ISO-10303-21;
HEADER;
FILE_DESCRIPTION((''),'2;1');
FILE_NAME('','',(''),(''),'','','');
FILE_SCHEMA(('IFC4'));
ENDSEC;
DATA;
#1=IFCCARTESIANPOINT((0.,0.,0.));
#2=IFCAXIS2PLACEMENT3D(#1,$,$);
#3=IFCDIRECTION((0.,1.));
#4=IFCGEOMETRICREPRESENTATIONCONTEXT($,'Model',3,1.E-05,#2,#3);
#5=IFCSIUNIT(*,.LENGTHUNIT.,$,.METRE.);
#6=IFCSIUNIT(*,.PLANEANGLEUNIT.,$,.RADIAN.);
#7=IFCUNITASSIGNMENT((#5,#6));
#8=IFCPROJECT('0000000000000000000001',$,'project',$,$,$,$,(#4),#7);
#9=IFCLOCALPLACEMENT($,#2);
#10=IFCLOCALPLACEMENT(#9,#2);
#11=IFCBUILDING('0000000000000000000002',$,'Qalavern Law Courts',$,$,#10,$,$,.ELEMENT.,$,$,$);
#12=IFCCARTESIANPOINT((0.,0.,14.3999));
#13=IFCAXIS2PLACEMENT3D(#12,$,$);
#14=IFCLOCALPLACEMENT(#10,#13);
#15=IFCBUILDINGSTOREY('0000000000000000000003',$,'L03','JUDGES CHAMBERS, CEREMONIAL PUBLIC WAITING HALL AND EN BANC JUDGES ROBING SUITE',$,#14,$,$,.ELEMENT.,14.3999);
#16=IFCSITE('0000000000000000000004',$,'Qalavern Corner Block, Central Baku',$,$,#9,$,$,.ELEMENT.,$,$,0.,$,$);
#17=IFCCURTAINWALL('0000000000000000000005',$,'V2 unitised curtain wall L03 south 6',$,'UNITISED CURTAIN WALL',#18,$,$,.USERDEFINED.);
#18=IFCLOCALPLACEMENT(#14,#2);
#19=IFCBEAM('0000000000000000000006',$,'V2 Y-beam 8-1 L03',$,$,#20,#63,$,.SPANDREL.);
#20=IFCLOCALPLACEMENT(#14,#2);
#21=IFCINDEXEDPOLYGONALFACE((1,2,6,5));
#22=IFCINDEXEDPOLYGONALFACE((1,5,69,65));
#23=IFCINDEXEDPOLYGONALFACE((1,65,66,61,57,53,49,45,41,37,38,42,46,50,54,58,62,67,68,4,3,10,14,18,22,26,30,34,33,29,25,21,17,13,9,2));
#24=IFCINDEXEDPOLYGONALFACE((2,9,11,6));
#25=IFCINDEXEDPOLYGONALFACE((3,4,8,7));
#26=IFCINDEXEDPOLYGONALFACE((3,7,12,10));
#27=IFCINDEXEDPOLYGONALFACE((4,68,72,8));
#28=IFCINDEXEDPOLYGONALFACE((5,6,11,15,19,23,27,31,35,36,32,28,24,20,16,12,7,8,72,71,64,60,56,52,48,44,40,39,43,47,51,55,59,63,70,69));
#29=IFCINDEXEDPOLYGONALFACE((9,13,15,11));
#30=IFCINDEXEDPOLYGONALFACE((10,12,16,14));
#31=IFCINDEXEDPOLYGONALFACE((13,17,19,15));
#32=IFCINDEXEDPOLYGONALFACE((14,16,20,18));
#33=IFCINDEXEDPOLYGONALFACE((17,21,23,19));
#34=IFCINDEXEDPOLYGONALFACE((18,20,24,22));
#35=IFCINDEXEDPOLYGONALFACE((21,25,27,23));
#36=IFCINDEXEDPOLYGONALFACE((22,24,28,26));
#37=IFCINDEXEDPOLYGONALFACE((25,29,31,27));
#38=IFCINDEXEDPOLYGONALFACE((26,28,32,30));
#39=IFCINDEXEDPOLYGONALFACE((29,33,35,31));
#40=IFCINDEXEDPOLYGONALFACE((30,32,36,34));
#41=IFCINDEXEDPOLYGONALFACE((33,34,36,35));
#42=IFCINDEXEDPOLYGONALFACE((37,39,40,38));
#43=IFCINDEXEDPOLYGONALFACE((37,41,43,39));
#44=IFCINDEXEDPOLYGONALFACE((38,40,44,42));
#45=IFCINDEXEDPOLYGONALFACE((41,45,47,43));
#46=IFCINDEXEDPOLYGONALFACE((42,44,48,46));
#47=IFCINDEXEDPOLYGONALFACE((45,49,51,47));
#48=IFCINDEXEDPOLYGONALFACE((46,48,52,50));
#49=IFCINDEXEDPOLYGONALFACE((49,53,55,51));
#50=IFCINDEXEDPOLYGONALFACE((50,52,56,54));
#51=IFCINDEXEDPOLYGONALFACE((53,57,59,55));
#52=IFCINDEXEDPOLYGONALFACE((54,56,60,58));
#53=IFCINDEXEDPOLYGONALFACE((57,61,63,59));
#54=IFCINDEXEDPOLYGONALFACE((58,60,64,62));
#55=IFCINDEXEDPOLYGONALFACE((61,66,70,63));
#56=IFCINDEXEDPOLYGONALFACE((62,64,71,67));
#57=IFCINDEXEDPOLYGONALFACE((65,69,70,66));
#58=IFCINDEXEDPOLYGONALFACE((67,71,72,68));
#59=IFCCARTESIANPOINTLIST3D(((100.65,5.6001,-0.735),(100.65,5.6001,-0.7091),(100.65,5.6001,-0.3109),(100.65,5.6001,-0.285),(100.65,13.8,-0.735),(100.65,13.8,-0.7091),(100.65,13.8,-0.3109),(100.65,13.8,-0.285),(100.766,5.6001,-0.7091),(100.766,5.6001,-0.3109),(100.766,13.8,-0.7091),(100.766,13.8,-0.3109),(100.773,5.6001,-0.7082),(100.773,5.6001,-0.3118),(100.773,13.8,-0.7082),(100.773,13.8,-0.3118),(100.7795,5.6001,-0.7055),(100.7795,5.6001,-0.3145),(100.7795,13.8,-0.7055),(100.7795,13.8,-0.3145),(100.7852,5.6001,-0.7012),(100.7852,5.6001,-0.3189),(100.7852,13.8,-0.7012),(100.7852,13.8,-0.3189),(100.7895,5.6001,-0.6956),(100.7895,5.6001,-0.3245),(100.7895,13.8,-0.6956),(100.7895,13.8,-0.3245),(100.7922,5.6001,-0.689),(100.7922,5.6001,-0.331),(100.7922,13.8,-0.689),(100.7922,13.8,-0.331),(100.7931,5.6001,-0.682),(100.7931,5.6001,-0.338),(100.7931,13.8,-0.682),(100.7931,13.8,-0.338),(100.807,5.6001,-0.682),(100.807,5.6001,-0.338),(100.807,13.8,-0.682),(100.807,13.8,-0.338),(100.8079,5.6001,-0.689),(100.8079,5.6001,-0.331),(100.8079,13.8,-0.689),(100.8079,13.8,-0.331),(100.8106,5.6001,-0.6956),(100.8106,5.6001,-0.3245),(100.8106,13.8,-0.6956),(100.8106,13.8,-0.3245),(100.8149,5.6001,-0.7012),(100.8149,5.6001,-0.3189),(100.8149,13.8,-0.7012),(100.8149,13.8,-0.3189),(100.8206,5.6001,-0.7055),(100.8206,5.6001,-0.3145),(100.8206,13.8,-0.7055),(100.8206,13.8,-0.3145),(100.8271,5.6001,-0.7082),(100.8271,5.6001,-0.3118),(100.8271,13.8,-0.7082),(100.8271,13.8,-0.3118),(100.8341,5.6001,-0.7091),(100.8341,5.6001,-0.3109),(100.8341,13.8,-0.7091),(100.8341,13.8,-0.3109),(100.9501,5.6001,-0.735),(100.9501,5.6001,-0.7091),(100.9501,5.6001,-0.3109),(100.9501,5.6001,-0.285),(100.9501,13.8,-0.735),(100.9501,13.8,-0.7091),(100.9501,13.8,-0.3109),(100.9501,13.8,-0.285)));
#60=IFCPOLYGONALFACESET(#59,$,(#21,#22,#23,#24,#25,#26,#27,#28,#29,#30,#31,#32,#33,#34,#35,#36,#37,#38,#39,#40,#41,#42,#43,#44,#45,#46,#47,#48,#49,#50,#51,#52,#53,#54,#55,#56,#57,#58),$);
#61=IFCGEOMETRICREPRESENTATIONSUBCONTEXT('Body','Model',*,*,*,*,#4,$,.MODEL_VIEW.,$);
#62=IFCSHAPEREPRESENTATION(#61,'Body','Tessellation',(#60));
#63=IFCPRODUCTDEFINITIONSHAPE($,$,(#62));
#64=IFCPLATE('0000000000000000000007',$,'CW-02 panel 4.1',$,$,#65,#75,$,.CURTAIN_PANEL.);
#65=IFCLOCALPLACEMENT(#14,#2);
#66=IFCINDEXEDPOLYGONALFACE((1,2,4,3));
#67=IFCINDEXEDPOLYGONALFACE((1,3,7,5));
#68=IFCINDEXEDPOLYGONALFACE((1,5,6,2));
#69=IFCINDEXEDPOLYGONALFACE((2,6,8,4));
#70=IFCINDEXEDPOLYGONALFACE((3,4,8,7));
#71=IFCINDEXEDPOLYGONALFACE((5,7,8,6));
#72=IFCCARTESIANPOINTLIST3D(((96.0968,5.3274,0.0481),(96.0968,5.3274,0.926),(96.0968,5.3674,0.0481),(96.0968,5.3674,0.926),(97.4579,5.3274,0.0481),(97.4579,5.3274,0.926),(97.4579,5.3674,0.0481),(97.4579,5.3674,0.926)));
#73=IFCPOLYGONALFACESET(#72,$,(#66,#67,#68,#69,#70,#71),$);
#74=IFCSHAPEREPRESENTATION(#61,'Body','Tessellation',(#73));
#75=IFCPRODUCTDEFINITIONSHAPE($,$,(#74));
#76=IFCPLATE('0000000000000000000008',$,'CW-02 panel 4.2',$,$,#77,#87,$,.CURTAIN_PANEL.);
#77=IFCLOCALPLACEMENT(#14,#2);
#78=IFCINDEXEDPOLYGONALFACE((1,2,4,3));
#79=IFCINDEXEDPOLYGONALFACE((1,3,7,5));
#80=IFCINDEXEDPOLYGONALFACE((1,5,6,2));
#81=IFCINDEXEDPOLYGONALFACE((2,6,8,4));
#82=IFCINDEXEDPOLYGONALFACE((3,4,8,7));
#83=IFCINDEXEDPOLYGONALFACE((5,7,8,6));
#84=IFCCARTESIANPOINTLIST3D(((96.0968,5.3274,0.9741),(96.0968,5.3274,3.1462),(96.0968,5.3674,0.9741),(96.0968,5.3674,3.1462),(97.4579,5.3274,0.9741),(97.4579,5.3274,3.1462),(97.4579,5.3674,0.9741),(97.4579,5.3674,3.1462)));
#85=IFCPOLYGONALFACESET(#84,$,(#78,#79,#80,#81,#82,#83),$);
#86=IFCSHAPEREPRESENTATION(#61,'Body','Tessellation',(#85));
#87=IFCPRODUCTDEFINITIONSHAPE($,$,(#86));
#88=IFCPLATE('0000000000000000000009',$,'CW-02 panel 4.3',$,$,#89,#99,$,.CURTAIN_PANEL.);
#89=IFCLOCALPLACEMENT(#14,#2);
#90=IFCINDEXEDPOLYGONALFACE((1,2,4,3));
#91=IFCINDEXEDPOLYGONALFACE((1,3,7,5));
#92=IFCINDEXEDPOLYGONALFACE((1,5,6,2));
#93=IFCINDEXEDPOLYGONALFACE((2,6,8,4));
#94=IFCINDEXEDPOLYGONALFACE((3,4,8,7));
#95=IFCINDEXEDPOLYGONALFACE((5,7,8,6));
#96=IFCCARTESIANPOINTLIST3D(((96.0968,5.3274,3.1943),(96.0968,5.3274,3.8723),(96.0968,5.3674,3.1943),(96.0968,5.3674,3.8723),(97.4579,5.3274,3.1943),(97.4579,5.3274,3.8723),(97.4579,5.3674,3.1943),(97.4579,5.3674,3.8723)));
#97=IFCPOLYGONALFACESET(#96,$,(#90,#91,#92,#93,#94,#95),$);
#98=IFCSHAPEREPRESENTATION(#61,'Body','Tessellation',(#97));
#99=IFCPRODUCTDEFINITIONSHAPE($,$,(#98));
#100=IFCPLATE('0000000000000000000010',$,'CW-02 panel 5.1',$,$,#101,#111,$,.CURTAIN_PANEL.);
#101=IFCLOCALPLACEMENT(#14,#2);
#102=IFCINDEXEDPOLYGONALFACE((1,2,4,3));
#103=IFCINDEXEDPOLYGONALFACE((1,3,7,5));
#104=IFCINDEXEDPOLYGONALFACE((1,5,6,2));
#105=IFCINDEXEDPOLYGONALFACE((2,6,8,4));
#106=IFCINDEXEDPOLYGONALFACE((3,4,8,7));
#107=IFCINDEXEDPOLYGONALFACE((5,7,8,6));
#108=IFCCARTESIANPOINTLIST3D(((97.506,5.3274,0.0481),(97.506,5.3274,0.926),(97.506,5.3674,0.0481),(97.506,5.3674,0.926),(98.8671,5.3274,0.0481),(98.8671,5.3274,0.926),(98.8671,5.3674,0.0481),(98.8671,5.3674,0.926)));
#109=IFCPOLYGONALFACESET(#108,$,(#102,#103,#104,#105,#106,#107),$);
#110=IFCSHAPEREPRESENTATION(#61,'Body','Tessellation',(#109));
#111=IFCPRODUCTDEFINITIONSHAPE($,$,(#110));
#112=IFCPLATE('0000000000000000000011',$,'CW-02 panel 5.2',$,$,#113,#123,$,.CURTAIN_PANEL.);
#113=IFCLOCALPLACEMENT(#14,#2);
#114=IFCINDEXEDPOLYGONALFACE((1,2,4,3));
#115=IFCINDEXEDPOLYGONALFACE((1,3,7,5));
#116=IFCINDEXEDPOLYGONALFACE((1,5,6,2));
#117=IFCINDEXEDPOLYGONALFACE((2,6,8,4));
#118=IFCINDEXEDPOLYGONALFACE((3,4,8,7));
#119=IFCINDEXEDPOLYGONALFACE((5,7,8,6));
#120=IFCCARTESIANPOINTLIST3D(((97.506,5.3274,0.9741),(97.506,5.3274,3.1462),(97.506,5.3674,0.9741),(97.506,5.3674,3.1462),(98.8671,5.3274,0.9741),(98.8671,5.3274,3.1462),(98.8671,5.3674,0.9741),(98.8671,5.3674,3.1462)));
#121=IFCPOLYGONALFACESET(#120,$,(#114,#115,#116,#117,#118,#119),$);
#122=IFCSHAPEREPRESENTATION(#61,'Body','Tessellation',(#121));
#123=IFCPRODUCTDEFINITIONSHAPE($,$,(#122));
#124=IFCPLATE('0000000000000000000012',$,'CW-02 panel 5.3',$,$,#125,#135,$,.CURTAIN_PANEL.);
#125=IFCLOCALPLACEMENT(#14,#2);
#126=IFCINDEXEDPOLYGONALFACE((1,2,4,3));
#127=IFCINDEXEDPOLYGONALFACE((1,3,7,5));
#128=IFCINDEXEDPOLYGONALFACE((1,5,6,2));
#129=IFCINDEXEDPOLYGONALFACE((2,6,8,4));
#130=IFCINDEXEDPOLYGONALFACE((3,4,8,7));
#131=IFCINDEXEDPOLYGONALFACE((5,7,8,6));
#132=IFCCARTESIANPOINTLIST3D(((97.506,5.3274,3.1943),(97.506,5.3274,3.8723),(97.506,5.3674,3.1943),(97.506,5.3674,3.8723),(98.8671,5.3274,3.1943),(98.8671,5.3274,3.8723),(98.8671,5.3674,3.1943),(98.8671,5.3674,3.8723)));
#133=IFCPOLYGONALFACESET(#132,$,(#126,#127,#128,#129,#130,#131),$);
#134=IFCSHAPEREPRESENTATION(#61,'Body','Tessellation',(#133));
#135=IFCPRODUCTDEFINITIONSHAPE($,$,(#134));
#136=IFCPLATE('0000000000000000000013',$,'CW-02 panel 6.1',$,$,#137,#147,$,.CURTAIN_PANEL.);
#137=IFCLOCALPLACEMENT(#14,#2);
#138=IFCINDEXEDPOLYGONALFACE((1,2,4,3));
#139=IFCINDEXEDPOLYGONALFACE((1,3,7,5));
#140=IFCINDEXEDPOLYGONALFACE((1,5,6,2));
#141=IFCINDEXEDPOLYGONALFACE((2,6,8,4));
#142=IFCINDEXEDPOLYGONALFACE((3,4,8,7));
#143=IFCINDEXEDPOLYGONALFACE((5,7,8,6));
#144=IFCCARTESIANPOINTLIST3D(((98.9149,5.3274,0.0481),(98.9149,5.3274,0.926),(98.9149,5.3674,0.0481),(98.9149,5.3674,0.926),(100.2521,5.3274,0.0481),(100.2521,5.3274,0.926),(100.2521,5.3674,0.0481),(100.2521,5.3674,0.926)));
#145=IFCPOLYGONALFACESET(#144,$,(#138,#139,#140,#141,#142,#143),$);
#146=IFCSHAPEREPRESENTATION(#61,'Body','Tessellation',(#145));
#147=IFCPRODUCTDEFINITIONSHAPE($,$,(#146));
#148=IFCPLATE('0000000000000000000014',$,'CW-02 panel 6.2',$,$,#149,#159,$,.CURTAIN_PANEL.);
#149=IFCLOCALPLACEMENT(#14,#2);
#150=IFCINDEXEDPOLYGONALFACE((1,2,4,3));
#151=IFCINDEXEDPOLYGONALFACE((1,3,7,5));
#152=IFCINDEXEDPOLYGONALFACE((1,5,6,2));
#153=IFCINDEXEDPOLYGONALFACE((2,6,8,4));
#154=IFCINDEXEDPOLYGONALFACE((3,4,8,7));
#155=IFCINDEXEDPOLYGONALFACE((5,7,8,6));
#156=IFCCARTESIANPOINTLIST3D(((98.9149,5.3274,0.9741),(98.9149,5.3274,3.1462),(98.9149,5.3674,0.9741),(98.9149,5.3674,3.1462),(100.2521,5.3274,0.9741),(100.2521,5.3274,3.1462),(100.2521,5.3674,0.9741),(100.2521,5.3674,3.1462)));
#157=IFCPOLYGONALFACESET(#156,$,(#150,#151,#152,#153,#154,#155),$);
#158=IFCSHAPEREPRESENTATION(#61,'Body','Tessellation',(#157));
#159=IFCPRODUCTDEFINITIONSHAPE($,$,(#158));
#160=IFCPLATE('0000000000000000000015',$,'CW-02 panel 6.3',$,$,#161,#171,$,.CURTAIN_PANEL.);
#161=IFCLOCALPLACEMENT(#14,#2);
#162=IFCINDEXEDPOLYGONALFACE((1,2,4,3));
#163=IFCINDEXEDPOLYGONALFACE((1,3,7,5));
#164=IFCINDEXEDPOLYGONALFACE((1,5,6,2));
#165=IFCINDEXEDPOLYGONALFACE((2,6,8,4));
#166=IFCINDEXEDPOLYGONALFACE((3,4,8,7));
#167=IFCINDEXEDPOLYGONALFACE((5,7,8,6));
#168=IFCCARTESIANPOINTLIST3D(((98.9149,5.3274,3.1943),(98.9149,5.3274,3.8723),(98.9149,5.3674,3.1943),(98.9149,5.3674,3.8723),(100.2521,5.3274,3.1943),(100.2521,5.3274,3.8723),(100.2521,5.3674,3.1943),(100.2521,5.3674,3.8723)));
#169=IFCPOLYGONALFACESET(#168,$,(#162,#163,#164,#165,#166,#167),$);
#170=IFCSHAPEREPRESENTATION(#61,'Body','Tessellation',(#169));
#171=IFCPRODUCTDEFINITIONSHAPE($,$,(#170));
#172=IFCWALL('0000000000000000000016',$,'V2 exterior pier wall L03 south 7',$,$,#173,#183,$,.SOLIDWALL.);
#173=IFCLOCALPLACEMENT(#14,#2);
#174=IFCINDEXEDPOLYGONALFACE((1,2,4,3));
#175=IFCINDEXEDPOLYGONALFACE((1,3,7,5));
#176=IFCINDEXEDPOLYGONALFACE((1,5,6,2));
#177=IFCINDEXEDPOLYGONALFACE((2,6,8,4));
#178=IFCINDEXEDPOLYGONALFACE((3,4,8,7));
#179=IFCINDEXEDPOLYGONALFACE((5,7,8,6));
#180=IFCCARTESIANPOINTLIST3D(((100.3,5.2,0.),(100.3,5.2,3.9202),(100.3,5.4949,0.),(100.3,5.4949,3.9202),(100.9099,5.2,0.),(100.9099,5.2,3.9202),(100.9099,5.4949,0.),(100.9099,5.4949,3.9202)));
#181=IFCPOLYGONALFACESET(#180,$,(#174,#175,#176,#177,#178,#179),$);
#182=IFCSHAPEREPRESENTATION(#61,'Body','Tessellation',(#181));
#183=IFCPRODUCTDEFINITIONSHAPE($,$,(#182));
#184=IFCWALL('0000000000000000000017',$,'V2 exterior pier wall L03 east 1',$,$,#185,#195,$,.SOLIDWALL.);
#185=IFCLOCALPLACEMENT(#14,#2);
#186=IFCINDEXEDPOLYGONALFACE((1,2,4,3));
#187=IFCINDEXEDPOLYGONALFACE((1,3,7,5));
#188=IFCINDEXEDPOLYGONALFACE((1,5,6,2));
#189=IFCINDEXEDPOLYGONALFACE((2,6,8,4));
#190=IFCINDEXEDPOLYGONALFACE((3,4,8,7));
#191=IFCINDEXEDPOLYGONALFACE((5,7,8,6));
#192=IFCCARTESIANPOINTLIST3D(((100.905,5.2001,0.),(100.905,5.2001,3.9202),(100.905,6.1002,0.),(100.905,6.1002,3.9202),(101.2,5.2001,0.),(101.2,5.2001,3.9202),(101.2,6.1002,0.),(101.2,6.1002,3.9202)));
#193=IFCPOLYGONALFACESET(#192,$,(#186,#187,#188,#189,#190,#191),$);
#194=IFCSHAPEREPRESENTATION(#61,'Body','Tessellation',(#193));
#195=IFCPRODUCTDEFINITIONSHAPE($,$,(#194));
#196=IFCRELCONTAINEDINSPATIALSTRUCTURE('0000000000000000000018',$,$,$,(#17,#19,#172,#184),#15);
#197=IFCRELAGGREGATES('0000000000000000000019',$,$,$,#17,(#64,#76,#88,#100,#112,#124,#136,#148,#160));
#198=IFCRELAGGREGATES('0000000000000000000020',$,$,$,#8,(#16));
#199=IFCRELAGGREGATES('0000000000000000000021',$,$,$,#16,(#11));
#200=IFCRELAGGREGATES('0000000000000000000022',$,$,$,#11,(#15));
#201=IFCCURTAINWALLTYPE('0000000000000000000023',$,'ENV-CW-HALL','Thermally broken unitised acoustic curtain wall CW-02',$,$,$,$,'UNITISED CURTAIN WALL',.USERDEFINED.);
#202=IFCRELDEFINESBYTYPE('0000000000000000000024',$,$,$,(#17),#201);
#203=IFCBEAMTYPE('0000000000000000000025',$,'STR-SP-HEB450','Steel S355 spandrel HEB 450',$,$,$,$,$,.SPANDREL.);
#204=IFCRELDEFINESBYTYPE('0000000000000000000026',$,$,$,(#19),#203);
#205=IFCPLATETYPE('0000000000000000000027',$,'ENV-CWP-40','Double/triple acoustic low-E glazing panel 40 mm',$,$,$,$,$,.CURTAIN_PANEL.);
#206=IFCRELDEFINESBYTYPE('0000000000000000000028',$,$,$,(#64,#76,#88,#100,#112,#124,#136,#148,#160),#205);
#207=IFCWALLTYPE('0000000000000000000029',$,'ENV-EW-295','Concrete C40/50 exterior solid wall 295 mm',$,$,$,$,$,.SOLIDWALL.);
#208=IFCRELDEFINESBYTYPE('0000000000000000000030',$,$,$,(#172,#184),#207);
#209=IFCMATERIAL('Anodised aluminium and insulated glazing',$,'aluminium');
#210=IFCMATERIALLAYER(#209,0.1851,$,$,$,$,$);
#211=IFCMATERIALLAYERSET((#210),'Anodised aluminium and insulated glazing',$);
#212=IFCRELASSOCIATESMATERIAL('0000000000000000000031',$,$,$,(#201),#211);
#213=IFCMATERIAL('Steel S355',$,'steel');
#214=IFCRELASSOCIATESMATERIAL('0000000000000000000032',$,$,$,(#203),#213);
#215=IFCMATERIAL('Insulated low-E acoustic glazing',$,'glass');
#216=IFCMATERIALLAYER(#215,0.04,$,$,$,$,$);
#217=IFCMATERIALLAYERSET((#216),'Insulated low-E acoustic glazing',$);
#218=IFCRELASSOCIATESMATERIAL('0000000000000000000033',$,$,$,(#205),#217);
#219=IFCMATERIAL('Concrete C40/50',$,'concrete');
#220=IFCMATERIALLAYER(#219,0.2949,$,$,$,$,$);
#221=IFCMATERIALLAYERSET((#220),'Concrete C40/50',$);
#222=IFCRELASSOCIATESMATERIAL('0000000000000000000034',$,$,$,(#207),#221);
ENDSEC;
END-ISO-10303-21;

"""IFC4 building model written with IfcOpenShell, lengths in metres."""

from ifc_helpers import new_model, si_unit, direction, frame, frame_2d, origin, origin_2d, place, context, subcontext, project, spatial, rectangle, i_section, extrude, material, layer, layer_set, material_profile, profile_set, type_object, element, aggregate, save


model = new_model("IFC4")

# Units and contexts
model_context = context("Model", 3, precision=1e-05, world=origin(), true_north=direction((0.0, 1.0)))
body_context = subcontext(model_context, "Body", "Model", "MODEL_VIEW")
ifc_project = project(units=[si_unit("LENGTHUNIT", "METRE"), si_unit("PLANEANGLEUNIT", "RADIAN")], contexts=[model_context])

# Site, building, storey
site_placement = place(None, origin())
site = spatial("IfcSite", under=ifc_project, at=site_placement, Name="Qalavern Corner Block, Central Baku", CompositionType="ELEMENT", RefElevation=0.0)
building_placement = place(site_placement, origin())
building = spatial("IfcBuilding", under=site, at=building_placement, Name="Qalavern Law Courts", CompositionType="ELEMENT")
storey_placement = place(building_placement, frame((0.0, 0.0, 14.3999)))
storey = spatial("IfcBuildingStorey", under=building, at=storey_placement, Name="L03", Description="JUDGES CHAMBERS, CEREMONIAL PUBLIC WAITING HALL AND EN BANC JUDGES ROBING SUITE", CompositionType="ELEMENT", Elevation=14.3999)

# Curtain wall
ifc_material_1 = material(Name="Anodised aluminium and insulated glazing", Category="aluminium")
ifc_layer_1 = layer(ifc_material_1, 0.1851)
ifc_layer_set_1 = layer_set([ifc_layer_1], Name="Anodised aluminium and insulated glazing")
curtain_wall_type = type_object("IfcCurtainWallType", Name="ENV-CW-HALL", Description="Thermally broken unitised acoustic curtain wall CW-02", ElementType="UNITISED CURTAIN WALL", PredefinedType="USERDEFINED", material=ifc_layer_set_1)
curtain_wall_1_placement = place(storey_placement, origin())
curtain_wall_1 = element("IfcCurtainWall", 1, at=curtain_wall_1_placement, inside=storey, type_object=curtain_wall_type, Name="V2 unitised curtain wall L03 south 6", ObjectType="UNITISED CURTAIN WALL", PredefinedType="USERDEFINED")

# Beam
ifc_material_2 = material(Name="Steel S355", Category="steel")
ifc_material_profile_1 = material_profile(ifc_material_2, i_section(OverallWidth=0.3, OverallDepth=0.45, WebThickness=0.0139, FlangeThickness=0.0259, FilletRadius=0.0271, at=origin_2d()), Name="HEB 450")
ifc_profile_set_1 = profile_set([ifc_material_profile_1], Name="Steel S355")
beam_type = type_object("IfcBeamType", Name="STR-SP-HEB450", Description="Steel S355 spandrel HEB 450", PredefinedType="SPANDREL", material=ifc_profile_set_1)
beam_placement = place(storey_placement, frame((100.8, 5.6001, -0.51), z_axis=(0.0, 1.0, 0.0), x_axis=(-1.0, 0.0, 0.0)))
element("IfcBeam", 2, at=beam_placement, inside=storey, type_object=beam_type, Name="V2 Y-beam 8-1 L03", PredefinedType="SPANDREL", context=body_context, shape_type="SweptSolid", body=[
    extrude(i_section(OverallWidth=0.3, OverallDepth=0.45, WebThickness=0.0139, FlangeThickness=0.0259, FilletRadius=0.0271, at=origin_2d()), origin(), (0.0, 0.0, 1.0), 8.2),
])

# Plates
ifc_material_3 = material(Name="Insulated low-E acoustic glazing", Category="glass")
ifc_layer_2 = layer(ifc_material_3, 0.04)
ifc_layer_set_2 = layer_set([ifc_layer_2], Name="Insulated low-E acoustic glazing")
plate_type = type_object("IfcPlateType", Name="ENV-CWP-40", Description="Double/triple acoustic low-E glazing panel 40 mm", PredefinedType="CURTAIN_PANEL", material=ifc_layer_set_2)
plate_1_placement = place(storey_placement, frame((96.7773, 5.3474, 0.0481), z_axis=(0.0, 0.0, 1.0), x_axis=(1.0, 0.0, 0.0)))
plate_1 = element("IfcPlate", 3, at=plate_1_placement, type_object=plate_type, Name="CW-02 panel 4.1", PredefinedType="CURTAIN_PANEL", context=body_context, shape_type="SweptSolid", body=[
    extrude(rectangle(XDim=1.3611, YDim=0.04, at=origin_2d()), origin(), (0.0, 0.0, 1.0), 0.8779),
])
plate_2_placement = place(storey_placement, frame((96.7773, 5.3474, 0.9741), z_axis=(0.0, 0.0, 1.0), x_axis=(1.0, 0.0, 0.0)))
plate_2 = element("IfcPlate", 4, at=plate_2_placement, type_object=plate_type, Name="CW-02 panel 4.2", PredefinedType="CURTAIN_PANEL", context=body_context, shape_type="SweptSolid", body=[
    extrude(rectangle(XDim=1.3611, YDim=0.04, at=origin_2d()), origin(), (0.0, 0.0, 1.0), 2.1721),
])
plate_3_placement = place(storey_placement, frame((96.7773, 5.3474, 3.1943), z_axis=(0.0, 0.0, 1.0), x_axis=(1.0, 0.0, 0.0)))
plate_3 = element("IfcPlate", 5, at=plate_3_placement, type_object=plate_type, Name="CW-02 panel 4.3", PredefinedType="CURTAIN_PANEL", context=body_context, shape_type="SweptSolid", body=[
    extrude(rectangle(XDim=1.3611, YDim=0.04, at=origin_2d()), origin(), (0.0, 0.0, 1.0), 0.678),
])
plate_4_placement = place(storey_placement, frame((98.1865, 5.3474, 0.0481), z_axis=(0.0, 0.0, 1.0), x_axis=(1.0, 0.0, 0.0)))
plate_4 = element("IfcPlate", 6, at=plate_4_placement, type_object=plate_type, Name="CW-02 panel 5.1", PredefinedType="CURTAIN_PANEL", context=body_context, shape_type="SweptSolid", body=[
    extrude(rectangle(XDim=1.3611, YDim=0.04, at=origin_2d()), origin(), (0.0, 0.0, 1.0), 0.8779),
])
plate_5_placement = place(storey_placement, frame((98.1865, 5.3474, 0.9741), z_axis=(0.0, 0.0, 1.0), x_axis=(1.0, 0.0, 0.0)))
plate_5 = element("IfcPlate", 7, at=plate_5_placement, type_object=plate_type, Name="CW-02 panel 5.2", PredefinedType="CURTAIN_PANEL", context=body_context, shape_type="SweptSolid", body=[
    extrude(rectangle(XDim=1.3611, YDim=0.04, at=origin_2d()), origin(), (0.0, 0.0, 1.0), 2.1721),
])
plate_6_placement = place(storey_placement, frame((98.1865, 5.3474, 3.1943), z_axis=(0.0, 0.0, 1.0), x_axis=(1.0, 0.0, 0.0)))
plate_6 = element("IfcPlate", 8, at=plate_6_placement, type_object=plate_type, Name="CW-02 panel 5.3", PredefinedType="CURTAIN_PANEL", context=body_context, shape_type="SweptSolid", body=[
    extrude(rectangle(XDim=1.3611, YDim=0.04, at=origin_2d()), origin(), (0.0, 0.0, 1.0), 0.678),
])
plate_7_placement = place(storey_placement, frame((99.5835, 5.3474, 0.0481), z_axis=(0.0, 0.0, 1.0), x_axis=(1.0, 0.0, 0.0)))
plate_7 = element("IfcPlate", 9, at=plate_7_placement, type_object=plate_type, Name="CW-02 panel 6.1", PredefinedType="CURTAIN_PANEL", context=body_context, shape_type="SweptSolid", body=[
    extrude(rectangle(XDim=1.3372, YDim=0.04, at=origin_2d()), origin(), (0.0, 0.0, 1.0), 0.8779),
])
plate_8_placement = place(storey_placement, frame((99.5835, 5.3474, 0.9741), z_axis=(0.0, 0.0, 1.0), x_axis=(1.0, 0.0, 0.0)))
plate_8 = element("IfcPlate", 10, at=plate_8_placement, type_object=plate_type, Name="CW-02 panel 6.2", PredefinedType="CURTAIN_PANEL", context=body_context, shape_type="SweptSolid", body=[
    extrude(rectangle(XDim=1.3372, YDim=0.04, at=origin_2d()), origin(), (0.0, 0.0, 1.0), 2.1721),
])
plate_9_placement = place(storey_placement, frame((99.5835, 5.3474, 3.1943), z_axis=(0.0, 0.0, 1.0), x_axis=(1.0, 0.0, 0.0)))
plate_9 = element("IfcPlate", 11, at=plate_9_placement, type_object=plate_type, Name="CW-02 panel 6.3", PredefinedType="CURTAIN_PANEL", context=body_context, shape_type="SweptSolid", body=[
    extrude(rectangle(XDim=1.3372, YDim=0.04, at=origin_2d()), origin(), (0.0, 0.0, 1.0), 0.678),
])
aggregate(curtain_wall_1, [plate_1, plate_2, plate_3, plate_4, plate_5, plate_6, plate_7, plate_8, plate_9])

# Walls
ifc_material_4 = material(Name="Concrete C40/50", Category="concrete")
ifc_layer_3 = layer(ifc_material_4, 0.2949)
ifc_layer_set_3 = layer_set([ifc_layer_3], Name="Concrete C40/50")
wall_type = type_object("IfcWallType", Name="ENV-EW-295", Description="Concrete C40/50 exterior solid wall 295 mm", PredefinedType="SOLIDWALL", material=ifc_layer_set_3)
wall_1_placement = place(storey_placement, frame((100.3, 5.3474, 0.0), z_axis=(0.0, 0.0, 1.0), x_axis=(1.0, 0.0, 0.0)))
element("IfcWall", 12, at=wall_1_placement, inside=storey, type_object=wall_type, Name="V2 exterior pier wall L03 south 7", PredefinedType="SOLIDWALL", context=body_context, shape_type="SweptSolid", body=[
    extrude(rectangle(XDim=0.6099, YDim=0.2949, at=frame_2d((0.3049, 0.0))), origin(), (0.0, 0.0, 1.0), 3.9202),
])
wall_2_placement = place(storey_placement, frame((101.0525, 5.2, 0.0), z_axis=(0.0, 0.0, 1.0), x_axis=(0.0, 1.0, 0.0)))
element("IfcWall", 13, at=wall_2_placement, inside=storey, type_object=wall_type, Name="V2 exterior pier wall L03 east 1", PredefinedType="SOLIDWALL", context=body_context, shape_type="SweptSolid", body=[
    extrude(rectangle(XDim=0.9001, YDim=0.2949, at=frame_2d((0.4502, 0.0))), origin(), (0.0, 0.0, 1.0), 3.9202),
])

save(model, "model.ifc")
